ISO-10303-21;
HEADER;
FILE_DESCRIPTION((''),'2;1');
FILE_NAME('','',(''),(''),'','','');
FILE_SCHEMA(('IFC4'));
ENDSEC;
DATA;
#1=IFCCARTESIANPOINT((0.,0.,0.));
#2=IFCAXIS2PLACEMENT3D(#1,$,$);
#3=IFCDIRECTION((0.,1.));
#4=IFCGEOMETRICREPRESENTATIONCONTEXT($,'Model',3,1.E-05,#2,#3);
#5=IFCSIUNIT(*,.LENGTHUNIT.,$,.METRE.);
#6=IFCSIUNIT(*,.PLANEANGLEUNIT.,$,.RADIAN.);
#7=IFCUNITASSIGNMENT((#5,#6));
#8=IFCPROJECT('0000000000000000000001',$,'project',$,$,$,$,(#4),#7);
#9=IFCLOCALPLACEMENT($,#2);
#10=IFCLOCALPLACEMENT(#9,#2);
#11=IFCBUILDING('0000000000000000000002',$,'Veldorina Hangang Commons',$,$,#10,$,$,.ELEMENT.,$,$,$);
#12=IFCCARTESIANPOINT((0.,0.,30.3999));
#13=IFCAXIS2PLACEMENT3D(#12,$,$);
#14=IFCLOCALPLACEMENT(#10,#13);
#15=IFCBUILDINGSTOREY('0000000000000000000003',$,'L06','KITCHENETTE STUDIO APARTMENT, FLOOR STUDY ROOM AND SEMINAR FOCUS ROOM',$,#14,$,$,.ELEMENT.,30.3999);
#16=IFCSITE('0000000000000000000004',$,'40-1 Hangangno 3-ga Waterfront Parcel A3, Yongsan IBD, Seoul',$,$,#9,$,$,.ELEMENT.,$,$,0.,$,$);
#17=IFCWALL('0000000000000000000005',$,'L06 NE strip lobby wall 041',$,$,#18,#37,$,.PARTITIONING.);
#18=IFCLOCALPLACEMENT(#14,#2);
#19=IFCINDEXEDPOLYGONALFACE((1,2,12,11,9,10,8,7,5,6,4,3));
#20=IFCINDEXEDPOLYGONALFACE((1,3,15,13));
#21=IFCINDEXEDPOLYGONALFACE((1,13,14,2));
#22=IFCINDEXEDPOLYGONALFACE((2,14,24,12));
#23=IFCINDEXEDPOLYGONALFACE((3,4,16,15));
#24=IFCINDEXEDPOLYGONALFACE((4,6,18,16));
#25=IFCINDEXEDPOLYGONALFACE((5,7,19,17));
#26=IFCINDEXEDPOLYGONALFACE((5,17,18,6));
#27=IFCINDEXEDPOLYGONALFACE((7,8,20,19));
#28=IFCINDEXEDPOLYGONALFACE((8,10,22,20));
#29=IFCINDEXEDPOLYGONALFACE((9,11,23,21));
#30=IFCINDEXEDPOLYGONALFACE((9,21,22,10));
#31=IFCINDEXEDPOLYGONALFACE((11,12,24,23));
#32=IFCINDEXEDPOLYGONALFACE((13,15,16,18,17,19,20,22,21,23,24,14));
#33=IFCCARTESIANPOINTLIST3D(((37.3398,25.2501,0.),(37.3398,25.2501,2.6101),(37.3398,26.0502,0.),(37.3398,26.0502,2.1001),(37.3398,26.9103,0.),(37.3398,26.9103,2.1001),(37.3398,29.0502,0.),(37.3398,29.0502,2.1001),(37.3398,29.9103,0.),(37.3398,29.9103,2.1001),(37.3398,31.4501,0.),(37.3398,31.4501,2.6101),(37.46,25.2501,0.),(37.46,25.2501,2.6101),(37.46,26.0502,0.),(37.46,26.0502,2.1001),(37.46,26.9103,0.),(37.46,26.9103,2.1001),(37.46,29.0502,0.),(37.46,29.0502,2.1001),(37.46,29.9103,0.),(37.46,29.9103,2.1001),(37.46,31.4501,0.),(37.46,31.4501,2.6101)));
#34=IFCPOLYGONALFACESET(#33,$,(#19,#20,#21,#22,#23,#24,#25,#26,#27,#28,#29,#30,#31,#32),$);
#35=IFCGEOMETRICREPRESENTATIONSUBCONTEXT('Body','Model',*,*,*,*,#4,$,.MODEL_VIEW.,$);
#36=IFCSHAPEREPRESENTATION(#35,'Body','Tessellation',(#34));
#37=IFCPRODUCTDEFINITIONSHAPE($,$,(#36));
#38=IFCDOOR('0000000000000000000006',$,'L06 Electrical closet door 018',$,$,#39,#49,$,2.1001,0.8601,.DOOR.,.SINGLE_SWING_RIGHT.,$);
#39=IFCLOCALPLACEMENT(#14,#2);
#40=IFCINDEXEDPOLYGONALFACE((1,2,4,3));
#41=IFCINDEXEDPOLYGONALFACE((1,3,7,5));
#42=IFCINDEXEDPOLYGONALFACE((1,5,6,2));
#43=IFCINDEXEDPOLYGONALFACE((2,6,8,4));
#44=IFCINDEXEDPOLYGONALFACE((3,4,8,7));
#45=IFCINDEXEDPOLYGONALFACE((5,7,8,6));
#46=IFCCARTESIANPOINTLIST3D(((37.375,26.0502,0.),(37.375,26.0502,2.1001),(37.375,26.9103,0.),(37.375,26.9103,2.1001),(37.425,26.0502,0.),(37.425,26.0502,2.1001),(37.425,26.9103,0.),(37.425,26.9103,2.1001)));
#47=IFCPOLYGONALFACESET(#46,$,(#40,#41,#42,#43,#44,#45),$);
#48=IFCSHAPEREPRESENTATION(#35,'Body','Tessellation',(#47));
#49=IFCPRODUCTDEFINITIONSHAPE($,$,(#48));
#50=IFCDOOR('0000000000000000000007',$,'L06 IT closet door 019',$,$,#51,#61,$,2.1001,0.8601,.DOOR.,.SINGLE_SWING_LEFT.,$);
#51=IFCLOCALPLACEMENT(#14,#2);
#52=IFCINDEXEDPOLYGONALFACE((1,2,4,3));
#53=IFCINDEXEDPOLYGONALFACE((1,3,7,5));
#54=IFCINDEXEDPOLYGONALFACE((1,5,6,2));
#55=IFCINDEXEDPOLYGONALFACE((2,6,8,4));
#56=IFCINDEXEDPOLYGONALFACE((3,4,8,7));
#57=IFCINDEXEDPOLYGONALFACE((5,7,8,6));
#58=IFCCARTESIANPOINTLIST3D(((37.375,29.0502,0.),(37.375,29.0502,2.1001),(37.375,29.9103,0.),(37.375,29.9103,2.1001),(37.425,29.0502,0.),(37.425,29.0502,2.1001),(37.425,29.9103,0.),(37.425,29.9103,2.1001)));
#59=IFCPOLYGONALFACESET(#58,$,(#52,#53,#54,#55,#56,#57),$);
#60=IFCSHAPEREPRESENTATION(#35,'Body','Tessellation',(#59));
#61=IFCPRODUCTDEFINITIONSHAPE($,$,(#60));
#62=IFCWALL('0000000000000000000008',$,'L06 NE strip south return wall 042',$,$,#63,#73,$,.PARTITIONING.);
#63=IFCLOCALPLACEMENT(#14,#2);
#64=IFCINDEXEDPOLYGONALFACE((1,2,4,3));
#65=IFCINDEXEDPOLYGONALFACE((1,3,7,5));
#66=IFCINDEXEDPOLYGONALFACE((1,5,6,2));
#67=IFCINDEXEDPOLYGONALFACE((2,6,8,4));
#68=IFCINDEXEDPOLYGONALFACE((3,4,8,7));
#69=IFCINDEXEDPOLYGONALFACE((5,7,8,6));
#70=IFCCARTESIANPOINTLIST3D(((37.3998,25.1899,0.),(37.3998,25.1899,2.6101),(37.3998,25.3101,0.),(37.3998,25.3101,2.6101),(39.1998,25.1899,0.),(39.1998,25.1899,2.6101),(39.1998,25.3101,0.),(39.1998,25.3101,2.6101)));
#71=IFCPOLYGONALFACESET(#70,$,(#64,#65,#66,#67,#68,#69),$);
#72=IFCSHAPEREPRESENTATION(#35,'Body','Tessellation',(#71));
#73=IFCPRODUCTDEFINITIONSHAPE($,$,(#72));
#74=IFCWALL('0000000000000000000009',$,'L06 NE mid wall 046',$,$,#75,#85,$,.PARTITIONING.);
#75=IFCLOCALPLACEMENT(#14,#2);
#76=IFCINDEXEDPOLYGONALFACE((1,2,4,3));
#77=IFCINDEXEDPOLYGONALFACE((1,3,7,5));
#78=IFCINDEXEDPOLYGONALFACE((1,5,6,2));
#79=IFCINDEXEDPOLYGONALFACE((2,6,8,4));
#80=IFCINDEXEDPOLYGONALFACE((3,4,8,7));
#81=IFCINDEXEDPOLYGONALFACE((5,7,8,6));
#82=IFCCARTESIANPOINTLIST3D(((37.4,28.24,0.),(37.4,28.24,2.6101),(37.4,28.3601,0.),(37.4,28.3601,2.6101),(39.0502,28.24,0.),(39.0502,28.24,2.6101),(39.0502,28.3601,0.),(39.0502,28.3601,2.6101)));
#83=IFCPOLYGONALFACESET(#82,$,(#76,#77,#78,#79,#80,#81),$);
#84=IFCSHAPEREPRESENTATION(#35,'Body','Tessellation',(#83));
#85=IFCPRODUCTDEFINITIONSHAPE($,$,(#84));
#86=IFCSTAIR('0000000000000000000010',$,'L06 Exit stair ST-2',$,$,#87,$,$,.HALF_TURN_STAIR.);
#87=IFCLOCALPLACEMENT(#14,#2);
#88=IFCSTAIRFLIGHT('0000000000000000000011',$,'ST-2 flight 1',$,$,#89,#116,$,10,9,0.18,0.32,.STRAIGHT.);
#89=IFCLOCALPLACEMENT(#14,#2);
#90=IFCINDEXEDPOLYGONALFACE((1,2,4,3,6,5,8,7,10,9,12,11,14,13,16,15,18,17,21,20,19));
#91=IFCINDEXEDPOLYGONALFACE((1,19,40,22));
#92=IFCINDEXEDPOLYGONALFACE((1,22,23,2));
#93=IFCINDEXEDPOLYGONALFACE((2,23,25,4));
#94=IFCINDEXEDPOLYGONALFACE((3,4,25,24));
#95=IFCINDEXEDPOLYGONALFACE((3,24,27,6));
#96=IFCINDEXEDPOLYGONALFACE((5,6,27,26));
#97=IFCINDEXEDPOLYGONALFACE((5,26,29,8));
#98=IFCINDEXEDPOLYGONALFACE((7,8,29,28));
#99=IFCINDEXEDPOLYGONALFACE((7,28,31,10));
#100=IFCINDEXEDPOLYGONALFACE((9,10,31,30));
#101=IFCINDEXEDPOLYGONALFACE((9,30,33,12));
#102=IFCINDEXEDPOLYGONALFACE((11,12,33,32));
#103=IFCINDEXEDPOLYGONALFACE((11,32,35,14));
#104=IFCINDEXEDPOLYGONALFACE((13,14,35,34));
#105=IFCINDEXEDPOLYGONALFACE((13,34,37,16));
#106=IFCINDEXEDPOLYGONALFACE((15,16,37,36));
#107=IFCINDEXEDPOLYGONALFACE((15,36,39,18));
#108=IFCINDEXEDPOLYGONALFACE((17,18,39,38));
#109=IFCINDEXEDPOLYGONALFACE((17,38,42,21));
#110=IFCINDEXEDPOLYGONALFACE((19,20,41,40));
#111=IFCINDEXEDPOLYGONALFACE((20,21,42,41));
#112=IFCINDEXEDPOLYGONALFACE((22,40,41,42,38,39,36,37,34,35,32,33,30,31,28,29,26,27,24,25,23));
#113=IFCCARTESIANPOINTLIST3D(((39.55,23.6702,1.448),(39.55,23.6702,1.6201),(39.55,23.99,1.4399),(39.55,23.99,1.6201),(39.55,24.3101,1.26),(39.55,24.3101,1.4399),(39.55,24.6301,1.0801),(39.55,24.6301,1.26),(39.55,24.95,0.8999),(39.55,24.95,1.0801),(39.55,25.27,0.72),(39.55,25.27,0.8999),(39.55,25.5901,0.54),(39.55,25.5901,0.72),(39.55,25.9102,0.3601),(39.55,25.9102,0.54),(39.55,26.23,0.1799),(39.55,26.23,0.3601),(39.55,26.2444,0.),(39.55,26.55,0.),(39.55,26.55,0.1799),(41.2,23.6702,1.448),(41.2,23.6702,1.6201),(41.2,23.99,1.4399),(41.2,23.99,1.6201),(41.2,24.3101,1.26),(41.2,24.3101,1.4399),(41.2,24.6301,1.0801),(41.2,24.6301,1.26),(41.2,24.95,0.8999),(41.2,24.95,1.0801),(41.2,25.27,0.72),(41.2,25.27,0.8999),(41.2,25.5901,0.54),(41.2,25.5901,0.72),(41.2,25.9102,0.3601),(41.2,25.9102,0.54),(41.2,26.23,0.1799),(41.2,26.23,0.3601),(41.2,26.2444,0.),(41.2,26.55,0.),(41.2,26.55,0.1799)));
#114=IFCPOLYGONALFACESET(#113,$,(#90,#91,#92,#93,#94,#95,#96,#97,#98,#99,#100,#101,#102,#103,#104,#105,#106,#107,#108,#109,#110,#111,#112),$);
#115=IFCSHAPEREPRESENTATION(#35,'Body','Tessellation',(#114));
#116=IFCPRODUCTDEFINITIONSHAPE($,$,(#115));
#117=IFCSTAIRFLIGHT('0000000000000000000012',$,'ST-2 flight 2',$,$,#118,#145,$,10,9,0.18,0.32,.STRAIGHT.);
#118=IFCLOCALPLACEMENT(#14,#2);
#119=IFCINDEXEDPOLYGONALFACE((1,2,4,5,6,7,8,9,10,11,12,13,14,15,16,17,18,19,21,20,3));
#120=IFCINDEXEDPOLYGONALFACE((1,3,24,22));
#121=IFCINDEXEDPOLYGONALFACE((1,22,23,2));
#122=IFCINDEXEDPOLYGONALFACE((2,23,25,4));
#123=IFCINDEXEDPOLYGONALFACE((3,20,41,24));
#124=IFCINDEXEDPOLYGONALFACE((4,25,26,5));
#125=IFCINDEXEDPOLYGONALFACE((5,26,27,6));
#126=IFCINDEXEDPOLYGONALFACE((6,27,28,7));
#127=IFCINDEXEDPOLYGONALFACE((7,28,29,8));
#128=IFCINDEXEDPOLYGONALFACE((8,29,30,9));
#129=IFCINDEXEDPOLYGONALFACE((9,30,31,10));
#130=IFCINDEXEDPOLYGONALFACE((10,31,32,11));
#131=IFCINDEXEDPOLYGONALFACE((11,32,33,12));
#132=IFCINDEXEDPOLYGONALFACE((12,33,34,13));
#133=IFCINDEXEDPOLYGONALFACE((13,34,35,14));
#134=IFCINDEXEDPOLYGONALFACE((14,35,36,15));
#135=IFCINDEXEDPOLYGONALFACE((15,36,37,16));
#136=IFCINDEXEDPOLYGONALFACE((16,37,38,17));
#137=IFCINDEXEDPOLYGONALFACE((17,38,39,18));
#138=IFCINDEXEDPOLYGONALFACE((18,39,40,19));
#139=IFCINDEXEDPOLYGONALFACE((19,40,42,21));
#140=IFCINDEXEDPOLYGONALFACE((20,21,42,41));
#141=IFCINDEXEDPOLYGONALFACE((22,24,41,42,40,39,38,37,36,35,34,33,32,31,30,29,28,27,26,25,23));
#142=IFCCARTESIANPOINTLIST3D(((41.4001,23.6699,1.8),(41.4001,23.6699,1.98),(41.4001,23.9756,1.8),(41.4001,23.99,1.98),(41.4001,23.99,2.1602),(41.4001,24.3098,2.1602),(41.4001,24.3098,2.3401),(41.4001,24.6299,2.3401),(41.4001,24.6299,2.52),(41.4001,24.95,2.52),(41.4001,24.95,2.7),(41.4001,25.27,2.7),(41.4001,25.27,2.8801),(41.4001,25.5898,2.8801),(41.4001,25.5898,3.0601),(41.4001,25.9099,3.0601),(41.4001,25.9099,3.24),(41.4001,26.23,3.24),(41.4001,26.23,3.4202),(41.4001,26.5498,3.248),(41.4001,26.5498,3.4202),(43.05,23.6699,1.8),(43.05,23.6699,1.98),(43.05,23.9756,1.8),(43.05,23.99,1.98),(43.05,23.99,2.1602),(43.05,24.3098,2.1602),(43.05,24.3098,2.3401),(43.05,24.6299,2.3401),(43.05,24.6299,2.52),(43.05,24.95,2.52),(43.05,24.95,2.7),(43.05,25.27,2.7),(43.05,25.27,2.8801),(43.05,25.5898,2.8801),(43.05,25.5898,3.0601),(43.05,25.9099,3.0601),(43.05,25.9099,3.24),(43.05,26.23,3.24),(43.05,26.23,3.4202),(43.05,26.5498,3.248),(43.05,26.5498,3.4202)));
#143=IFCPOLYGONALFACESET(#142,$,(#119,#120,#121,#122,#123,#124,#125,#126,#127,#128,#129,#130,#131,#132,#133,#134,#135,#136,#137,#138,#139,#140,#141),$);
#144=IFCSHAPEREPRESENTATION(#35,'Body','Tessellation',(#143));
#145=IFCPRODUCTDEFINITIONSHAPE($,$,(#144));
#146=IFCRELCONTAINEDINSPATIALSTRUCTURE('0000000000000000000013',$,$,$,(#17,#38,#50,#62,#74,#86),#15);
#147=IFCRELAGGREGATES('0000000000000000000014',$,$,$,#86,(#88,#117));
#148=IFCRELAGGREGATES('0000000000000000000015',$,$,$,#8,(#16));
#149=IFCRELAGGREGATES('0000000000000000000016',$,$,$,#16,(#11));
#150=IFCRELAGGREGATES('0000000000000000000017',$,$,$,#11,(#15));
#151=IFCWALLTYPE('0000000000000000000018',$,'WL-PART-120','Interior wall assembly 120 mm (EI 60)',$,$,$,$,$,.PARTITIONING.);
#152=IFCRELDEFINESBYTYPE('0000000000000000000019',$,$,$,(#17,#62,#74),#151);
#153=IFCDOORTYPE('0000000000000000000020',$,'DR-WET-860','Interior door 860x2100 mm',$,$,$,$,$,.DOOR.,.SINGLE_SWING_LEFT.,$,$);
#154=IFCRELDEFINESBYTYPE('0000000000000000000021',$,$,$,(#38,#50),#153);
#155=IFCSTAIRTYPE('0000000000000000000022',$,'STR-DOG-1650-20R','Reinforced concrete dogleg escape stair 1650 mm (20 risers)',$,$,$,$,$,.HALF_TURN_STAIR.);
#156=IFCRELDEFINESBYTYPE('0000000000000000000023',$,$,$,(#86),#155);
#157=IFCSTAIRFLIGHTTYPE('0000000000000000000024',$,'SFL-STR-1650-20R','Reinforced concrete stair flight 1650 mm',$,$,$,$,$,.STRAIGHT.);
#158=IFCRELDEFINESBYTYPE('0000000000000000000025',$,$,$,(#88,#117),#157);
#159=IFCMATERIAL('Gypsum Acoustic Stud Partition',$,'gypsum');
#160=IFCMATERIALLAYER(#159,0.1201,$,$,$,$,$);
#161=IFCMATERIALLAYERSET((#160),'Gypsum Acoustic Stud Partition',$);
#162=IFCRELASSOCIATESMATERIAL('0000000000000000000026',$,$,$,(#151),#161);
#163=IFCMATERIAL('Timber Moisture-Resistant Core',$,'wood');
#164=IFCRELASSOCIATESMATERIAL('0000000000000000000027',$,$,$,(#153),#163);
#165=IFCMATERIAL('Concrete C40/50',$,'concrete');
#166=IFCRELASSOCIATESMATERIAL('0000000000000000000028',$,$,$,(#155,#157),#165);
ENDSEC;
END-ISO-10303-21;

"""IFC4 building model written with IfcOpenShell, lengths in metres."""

from ifc_helpers import new_model, si_unit, direction, frame, frame_2d, origin, place, context, subcontext, project, spatial, polyline, rectangle, outline, extrude, material, layer, layer_set, type_object, element, fill, aggregate, save


model = new_model("IFC4")

# Units and contexts
model_context = context("Model", 3, precision=1e-05, world=origin(), true_north=direction((0.0, 1.0)))
body_context = subcontext(model_context, "Body", "Model", "MODEL_VIEW")
ifc_project = project(units=[si_unit("LENGTHUNIT", "METRE"), si_unit("PLANEANGLEUNIT", "RADIAN")], contexts=[model_context])

# Site, building, storey
site_placement = place(None, origin())
site = spatial("IfcSite", under=ifc_project, at=site_placement, Name="40-1 Hangangno 3-ga Waterfront Parcel A3, Yongsan IBD, Seoul", CompositionType="ELEMENT", RefElevation=0.0)
building_placement = place(site_placement, origin())
building = spatial("IfcBuilding", under=site, at=building_placement, Name="Veldorina Hangang Commons", CompositionType="ELEMENT")
storey_placement = place(building_placement, frame((0.0, 0.0, 30.3999)))
storey = spatial("IfcBuildingStorey", under=building, at=storey_placement, Name="L06", Description="KITCHENETTE STUDIO APARTMENT, FLOOR STUDY ROOM AND SEMINAR FOCUS ROOM", CompositionType="ELEMENT", Elevation=30.3999)

# Wall, openings, doors
ifc_material_1 = material(Name="Gypsum Acoustic Stud Partition", Category="gypsum")
ifc_layer_1 = layer(ifc_material_1, 0.1201)
ifc_layer_set_1 = layer_set([ifc_layer_1], Name="Gypsum Acoustic Stud Partition")
wall_type_1 = type_object("IfcWallType", Name="WL-PART-120", Description="Interior wall assembly 120 mm (EI 60)", PredefinedType="PARTITIONING", material=ifc_layer_set_1)
wall_1_placement = place(storey_placement, frame((37.3999, 25.25, 0.0), z_axis=(0.0, 0.0, 1.0), x_axis=(0.0, 1.0, 0.0)))
wall_1 = element("IfcWall", 1, at=wall_1_placement, inside=storey, type_object=wall_type_1, Name="L06 NE strip lobby wall 041", PredefinedType="PARTITIONING", context=body_context, shape_type="SweptSolid", body=[
    extrude(rectangle(XDim=6.2, YDim=0.1201, at=frame_2d((3.1001, 0.0))), origin(), (0.0, 0.0, 1.0), 2.6101),
])
opening_1_placement = place(wall_1_placement, frame((0.8, 0.0, 0.0)))
opening_1 = element("IfcOpeningElement", 2, at=opening_1_placement, cuts=wall_1, PredefinedType="OPENING", context=body_context, shape_type="SweptSolid", body=[
    extrude(rectangle(XDim=0.8601, YDim=2.1001, at=frame_2d((0.4302, 1.05))), frame((0.0, 0.0701, 0.0), z_axis=(0.0, -1.0, 0.0), x_axis=(1.0, 0.0, 0.0)), (0.0, 0.0, 1.0), 0.1401),
])
opening_2_placement = place(wall_1_placement, frame((3.8, 0.0, 0.0)))
opening_2 = element("IfcOpeningElement", 3, at=opening_2_placement, cuts=wall_1, PredefinedType="OPENING", context=body_context, shape_type="SweptSolid", body=[
    extrude(rectangle(XDim=0.8601, YDim=2.1001, at=frame_2d((0.4302, 1.05))), frame((0.0, 0.0701, 0.0), z_axis=(0.0, -1.0, 0.0), x_axis=(1.0, 0.0, 0.0)), (0.0, 0.0, 1.0), 0.1401),
])
ifc_material_2 = material(Name="Timber Moisture-Resistant Core", Category="wood")
door_type_1 = type_object("IfcDoorType", Name="DR-WET-860", Description="Interior door 860x2100 mm", OperationType="SINGLE_SWING_LEFT", PredefinedType="DOOR", material=ifc_material_2)
door_1_placement = place(opening_1_placement, origin())
door_1 = element("IfcDoor", 4, at=door_1_placement, inside=storey, type_object=door_type_1, Name="L06 Electrical closet door 018", OperationType="SINGLE_SWING_RIGHT", OverallHeight=2.1001, OverallWidth=0.8601, PredefinedType="DOOR", context=body_context, shape_type="SweptSolid", body=[
    extrude(rectangle(XDim=0.8601, YDim=2.1001, at=frame_2d((0.4302, 1.05))), frame((0.0, 0.0249, 0.0), z_axis=(0.0, -1.0, 0.0), x_axis=(1.0, 0.0, 0.0)), (0.0, 0.0, 1.0), 0.05),
])
fill(opening_1, door_1)
door_2_placement = place(opening_2_placement, origin())
door_2 = element("IfcDoor", 5, at=door_2_placement, inside=storey, type_object=door_type_1, Name="L06 IT closet door 019", OperationType="SINGLE_SWING_LEFT", OverallHeight=2.1001, OverallWidth=0.8601, PredefinedType="DOOR", context=body_context, shape_type="SweptSolid", body=[
    extrude(rectangle(XDim=0.8601, YDim=2.1001, at=frame_2d((0.4302, 1.05))), frame((0.0, 0.0249, 0.0), z_axis=(0.0, -1.0, 0.0), x_axis=(1.0, 0.0, 0.0)), (0.0, 0.0, 1.0), 0.05),
])
fill(opening_2, door_2)

# Walls
wall_2_placement = place(storey_placement, frame((37.3999, 25.25, 0.0), z_axis=(0.0, 0.0, 1.0), x_axis=(1.0, 0.0, 0.0)))
element("IfcWall", 6, at=wall_2_placement, inside=storey, type_object=wall_type_1, Name="L06 NE strip south return wall 042", PredefinedType="PARTITIONING", context=body_context, shape_type="SweptSolid", body=[
    extrude(rectangle(XDim=1.8, YDim=0.1201, at=frame_2d((0.8999, 0.0))), origin(), (0.0, 0.0, 1.0), 2.6101),
])
wall_3_placement = place(storey_placement, frame((37.3999, 28.3, 0.0), z_axis=(0.0, 0.0, 1.0), x_axis=(1.0, 0.0, 0.0)))
element("IfcWall", 7, at=wall_3_placement, inside=storey, type_object=wall_type_1, Name="L06 NE mid wall 046", PredefinedType="PARTITIONING", context=body_context, shape_type="SweptSolid", body=[
    extrude(rectangle(XDim=1.6501, YDim=0.1201, at=frame_2d((0.8252, 0.0))), origin(), (0.0, 0.0, 1.0), 2.6101),
])

# Stair, stair flights
ifc_material_3 = material(Name="Concrete C40/50", Category="concrete")
stair_type = type_object("IfcStairType", Name="STR-DOG-1650-20R", Description="Reinforced concrete dogleg escape stair 1650 mm (20 risers)", PredefinedType="HALF_TURN_STAIR", material=ifc_material_3)
stair_placement = place(storey_placement, origin())
stair = element("IfcStair", 8, at=stair_placement, inside=storey, type_object=stair_type, Name="L06 Exit stair ST-2", PredefinedType="HALF_TURN_STAIR")
stair_flight_type = type_object("IfcStairFlightType", Name="SFL-STR-1650-20R", Description="Reinforced concrete stair flight 1650 mm", PredefinedType="STRAIGHT", material=ifc_material_3)
stair_flight_1_placement = place(storey_placement, frame((40.375, 26.55, 0.0), z_axis=(0.0, 0.0, 1.0), x_axis=(0.0, -1.0, 0.0)))
stair_flight_1 = element("IfcStairFlight", 9, at=stair_flight_1_placement, type_object=stair_flight_type, Name="ST-2 flight 1", NumberOfRisers=10, NumberOfTreads=9, PredefinedType="STRAIGHT", RiserHeight=0.18, TreadLength=0.32, context=body_context, shape_type="SweptSolid", body=[
    extrude(outline(polyline([(0.0, 0.0), (0.0, 0.1799), (0.3201, 0.1799), (0.3201, 0.3601), (0.6399, 0.3601), (0.6399, 0.54), (0.96, 0.54), (0.96, 0.72), (1.28, 0.72), (1.28, 0.8999), (1.6001, 0.8999), (1.6001, 1.0801), (1.9199, 1.0801), (1.9199, 1.26), (2.24, 1.26), (2.24, 1.4399), (2.5601, 1.4399), (2.5601, 1.6201), (2.8799, 1.6201), (2.8799, 1.8), (2.8799, 1.448), (0.3057, 0.0), (0.0, 0.0)])), frame((0.0, 0.825, 0.0), z_axis=(0.0, -1.0, 0.0), x_axis=(1.0, 0.0, 0.0)), (0.0, 0.0, 1.0), 1.6499),
])
stair_flight_2_placement = place(storey_placement, frame((42.2251, 23.6699, 1.8), z_axis=(0.0, 0.0, 1.0), x_axis=(0.0, 1.0, 0.0)))
stair_flight_2 = element("IfcStairFlight", 10, at=stair_flight_2_placement, type_object=stair_flight_type, Name="ST-2 flight 2", NumberOfRisers=10, NumberOfTreads=9, PredefinedType="STRAIGHT", RiserHeight=0.18, TreadLength=0.32, context=body_context, shape_type="SweptSolid", body=[
    extrude(outline(polyline([(0.0, 0.0), (0.0, 0.1799), (0.3201, 0.1799), (0.3201, 0.3601), (0.6399, 0.3601), (0.6399, 0.54), (0.96, 0.54), (0.96, 0.72), (1.28, 0.72), (1.28, 0.8999), (1.6001, 0.8999), (1.6001, 1.0801), (1.9199, 1.0801), (1.9199, 1.26), (2.24, 1.26), (2.24, 1.4399), (2.5601, 1.4399), (2.5601, 1.6201), (2.8799, 1.6201), (2.8799, 1.8), (2.8799, 1.448), (0.3057, 0.0), (0.0, 0.0)])), frame((0.0, 0.825, 0.0), z_axis=(0.0, -1.0, 0.0), x_axis=(1.0, 0.0, 0.0)), (0.0, 0.0, 1.0), 1.6499),
])
aggregate(stair, [stair_flight_1, stair_flight_2])

save(model, "model.ifc")
